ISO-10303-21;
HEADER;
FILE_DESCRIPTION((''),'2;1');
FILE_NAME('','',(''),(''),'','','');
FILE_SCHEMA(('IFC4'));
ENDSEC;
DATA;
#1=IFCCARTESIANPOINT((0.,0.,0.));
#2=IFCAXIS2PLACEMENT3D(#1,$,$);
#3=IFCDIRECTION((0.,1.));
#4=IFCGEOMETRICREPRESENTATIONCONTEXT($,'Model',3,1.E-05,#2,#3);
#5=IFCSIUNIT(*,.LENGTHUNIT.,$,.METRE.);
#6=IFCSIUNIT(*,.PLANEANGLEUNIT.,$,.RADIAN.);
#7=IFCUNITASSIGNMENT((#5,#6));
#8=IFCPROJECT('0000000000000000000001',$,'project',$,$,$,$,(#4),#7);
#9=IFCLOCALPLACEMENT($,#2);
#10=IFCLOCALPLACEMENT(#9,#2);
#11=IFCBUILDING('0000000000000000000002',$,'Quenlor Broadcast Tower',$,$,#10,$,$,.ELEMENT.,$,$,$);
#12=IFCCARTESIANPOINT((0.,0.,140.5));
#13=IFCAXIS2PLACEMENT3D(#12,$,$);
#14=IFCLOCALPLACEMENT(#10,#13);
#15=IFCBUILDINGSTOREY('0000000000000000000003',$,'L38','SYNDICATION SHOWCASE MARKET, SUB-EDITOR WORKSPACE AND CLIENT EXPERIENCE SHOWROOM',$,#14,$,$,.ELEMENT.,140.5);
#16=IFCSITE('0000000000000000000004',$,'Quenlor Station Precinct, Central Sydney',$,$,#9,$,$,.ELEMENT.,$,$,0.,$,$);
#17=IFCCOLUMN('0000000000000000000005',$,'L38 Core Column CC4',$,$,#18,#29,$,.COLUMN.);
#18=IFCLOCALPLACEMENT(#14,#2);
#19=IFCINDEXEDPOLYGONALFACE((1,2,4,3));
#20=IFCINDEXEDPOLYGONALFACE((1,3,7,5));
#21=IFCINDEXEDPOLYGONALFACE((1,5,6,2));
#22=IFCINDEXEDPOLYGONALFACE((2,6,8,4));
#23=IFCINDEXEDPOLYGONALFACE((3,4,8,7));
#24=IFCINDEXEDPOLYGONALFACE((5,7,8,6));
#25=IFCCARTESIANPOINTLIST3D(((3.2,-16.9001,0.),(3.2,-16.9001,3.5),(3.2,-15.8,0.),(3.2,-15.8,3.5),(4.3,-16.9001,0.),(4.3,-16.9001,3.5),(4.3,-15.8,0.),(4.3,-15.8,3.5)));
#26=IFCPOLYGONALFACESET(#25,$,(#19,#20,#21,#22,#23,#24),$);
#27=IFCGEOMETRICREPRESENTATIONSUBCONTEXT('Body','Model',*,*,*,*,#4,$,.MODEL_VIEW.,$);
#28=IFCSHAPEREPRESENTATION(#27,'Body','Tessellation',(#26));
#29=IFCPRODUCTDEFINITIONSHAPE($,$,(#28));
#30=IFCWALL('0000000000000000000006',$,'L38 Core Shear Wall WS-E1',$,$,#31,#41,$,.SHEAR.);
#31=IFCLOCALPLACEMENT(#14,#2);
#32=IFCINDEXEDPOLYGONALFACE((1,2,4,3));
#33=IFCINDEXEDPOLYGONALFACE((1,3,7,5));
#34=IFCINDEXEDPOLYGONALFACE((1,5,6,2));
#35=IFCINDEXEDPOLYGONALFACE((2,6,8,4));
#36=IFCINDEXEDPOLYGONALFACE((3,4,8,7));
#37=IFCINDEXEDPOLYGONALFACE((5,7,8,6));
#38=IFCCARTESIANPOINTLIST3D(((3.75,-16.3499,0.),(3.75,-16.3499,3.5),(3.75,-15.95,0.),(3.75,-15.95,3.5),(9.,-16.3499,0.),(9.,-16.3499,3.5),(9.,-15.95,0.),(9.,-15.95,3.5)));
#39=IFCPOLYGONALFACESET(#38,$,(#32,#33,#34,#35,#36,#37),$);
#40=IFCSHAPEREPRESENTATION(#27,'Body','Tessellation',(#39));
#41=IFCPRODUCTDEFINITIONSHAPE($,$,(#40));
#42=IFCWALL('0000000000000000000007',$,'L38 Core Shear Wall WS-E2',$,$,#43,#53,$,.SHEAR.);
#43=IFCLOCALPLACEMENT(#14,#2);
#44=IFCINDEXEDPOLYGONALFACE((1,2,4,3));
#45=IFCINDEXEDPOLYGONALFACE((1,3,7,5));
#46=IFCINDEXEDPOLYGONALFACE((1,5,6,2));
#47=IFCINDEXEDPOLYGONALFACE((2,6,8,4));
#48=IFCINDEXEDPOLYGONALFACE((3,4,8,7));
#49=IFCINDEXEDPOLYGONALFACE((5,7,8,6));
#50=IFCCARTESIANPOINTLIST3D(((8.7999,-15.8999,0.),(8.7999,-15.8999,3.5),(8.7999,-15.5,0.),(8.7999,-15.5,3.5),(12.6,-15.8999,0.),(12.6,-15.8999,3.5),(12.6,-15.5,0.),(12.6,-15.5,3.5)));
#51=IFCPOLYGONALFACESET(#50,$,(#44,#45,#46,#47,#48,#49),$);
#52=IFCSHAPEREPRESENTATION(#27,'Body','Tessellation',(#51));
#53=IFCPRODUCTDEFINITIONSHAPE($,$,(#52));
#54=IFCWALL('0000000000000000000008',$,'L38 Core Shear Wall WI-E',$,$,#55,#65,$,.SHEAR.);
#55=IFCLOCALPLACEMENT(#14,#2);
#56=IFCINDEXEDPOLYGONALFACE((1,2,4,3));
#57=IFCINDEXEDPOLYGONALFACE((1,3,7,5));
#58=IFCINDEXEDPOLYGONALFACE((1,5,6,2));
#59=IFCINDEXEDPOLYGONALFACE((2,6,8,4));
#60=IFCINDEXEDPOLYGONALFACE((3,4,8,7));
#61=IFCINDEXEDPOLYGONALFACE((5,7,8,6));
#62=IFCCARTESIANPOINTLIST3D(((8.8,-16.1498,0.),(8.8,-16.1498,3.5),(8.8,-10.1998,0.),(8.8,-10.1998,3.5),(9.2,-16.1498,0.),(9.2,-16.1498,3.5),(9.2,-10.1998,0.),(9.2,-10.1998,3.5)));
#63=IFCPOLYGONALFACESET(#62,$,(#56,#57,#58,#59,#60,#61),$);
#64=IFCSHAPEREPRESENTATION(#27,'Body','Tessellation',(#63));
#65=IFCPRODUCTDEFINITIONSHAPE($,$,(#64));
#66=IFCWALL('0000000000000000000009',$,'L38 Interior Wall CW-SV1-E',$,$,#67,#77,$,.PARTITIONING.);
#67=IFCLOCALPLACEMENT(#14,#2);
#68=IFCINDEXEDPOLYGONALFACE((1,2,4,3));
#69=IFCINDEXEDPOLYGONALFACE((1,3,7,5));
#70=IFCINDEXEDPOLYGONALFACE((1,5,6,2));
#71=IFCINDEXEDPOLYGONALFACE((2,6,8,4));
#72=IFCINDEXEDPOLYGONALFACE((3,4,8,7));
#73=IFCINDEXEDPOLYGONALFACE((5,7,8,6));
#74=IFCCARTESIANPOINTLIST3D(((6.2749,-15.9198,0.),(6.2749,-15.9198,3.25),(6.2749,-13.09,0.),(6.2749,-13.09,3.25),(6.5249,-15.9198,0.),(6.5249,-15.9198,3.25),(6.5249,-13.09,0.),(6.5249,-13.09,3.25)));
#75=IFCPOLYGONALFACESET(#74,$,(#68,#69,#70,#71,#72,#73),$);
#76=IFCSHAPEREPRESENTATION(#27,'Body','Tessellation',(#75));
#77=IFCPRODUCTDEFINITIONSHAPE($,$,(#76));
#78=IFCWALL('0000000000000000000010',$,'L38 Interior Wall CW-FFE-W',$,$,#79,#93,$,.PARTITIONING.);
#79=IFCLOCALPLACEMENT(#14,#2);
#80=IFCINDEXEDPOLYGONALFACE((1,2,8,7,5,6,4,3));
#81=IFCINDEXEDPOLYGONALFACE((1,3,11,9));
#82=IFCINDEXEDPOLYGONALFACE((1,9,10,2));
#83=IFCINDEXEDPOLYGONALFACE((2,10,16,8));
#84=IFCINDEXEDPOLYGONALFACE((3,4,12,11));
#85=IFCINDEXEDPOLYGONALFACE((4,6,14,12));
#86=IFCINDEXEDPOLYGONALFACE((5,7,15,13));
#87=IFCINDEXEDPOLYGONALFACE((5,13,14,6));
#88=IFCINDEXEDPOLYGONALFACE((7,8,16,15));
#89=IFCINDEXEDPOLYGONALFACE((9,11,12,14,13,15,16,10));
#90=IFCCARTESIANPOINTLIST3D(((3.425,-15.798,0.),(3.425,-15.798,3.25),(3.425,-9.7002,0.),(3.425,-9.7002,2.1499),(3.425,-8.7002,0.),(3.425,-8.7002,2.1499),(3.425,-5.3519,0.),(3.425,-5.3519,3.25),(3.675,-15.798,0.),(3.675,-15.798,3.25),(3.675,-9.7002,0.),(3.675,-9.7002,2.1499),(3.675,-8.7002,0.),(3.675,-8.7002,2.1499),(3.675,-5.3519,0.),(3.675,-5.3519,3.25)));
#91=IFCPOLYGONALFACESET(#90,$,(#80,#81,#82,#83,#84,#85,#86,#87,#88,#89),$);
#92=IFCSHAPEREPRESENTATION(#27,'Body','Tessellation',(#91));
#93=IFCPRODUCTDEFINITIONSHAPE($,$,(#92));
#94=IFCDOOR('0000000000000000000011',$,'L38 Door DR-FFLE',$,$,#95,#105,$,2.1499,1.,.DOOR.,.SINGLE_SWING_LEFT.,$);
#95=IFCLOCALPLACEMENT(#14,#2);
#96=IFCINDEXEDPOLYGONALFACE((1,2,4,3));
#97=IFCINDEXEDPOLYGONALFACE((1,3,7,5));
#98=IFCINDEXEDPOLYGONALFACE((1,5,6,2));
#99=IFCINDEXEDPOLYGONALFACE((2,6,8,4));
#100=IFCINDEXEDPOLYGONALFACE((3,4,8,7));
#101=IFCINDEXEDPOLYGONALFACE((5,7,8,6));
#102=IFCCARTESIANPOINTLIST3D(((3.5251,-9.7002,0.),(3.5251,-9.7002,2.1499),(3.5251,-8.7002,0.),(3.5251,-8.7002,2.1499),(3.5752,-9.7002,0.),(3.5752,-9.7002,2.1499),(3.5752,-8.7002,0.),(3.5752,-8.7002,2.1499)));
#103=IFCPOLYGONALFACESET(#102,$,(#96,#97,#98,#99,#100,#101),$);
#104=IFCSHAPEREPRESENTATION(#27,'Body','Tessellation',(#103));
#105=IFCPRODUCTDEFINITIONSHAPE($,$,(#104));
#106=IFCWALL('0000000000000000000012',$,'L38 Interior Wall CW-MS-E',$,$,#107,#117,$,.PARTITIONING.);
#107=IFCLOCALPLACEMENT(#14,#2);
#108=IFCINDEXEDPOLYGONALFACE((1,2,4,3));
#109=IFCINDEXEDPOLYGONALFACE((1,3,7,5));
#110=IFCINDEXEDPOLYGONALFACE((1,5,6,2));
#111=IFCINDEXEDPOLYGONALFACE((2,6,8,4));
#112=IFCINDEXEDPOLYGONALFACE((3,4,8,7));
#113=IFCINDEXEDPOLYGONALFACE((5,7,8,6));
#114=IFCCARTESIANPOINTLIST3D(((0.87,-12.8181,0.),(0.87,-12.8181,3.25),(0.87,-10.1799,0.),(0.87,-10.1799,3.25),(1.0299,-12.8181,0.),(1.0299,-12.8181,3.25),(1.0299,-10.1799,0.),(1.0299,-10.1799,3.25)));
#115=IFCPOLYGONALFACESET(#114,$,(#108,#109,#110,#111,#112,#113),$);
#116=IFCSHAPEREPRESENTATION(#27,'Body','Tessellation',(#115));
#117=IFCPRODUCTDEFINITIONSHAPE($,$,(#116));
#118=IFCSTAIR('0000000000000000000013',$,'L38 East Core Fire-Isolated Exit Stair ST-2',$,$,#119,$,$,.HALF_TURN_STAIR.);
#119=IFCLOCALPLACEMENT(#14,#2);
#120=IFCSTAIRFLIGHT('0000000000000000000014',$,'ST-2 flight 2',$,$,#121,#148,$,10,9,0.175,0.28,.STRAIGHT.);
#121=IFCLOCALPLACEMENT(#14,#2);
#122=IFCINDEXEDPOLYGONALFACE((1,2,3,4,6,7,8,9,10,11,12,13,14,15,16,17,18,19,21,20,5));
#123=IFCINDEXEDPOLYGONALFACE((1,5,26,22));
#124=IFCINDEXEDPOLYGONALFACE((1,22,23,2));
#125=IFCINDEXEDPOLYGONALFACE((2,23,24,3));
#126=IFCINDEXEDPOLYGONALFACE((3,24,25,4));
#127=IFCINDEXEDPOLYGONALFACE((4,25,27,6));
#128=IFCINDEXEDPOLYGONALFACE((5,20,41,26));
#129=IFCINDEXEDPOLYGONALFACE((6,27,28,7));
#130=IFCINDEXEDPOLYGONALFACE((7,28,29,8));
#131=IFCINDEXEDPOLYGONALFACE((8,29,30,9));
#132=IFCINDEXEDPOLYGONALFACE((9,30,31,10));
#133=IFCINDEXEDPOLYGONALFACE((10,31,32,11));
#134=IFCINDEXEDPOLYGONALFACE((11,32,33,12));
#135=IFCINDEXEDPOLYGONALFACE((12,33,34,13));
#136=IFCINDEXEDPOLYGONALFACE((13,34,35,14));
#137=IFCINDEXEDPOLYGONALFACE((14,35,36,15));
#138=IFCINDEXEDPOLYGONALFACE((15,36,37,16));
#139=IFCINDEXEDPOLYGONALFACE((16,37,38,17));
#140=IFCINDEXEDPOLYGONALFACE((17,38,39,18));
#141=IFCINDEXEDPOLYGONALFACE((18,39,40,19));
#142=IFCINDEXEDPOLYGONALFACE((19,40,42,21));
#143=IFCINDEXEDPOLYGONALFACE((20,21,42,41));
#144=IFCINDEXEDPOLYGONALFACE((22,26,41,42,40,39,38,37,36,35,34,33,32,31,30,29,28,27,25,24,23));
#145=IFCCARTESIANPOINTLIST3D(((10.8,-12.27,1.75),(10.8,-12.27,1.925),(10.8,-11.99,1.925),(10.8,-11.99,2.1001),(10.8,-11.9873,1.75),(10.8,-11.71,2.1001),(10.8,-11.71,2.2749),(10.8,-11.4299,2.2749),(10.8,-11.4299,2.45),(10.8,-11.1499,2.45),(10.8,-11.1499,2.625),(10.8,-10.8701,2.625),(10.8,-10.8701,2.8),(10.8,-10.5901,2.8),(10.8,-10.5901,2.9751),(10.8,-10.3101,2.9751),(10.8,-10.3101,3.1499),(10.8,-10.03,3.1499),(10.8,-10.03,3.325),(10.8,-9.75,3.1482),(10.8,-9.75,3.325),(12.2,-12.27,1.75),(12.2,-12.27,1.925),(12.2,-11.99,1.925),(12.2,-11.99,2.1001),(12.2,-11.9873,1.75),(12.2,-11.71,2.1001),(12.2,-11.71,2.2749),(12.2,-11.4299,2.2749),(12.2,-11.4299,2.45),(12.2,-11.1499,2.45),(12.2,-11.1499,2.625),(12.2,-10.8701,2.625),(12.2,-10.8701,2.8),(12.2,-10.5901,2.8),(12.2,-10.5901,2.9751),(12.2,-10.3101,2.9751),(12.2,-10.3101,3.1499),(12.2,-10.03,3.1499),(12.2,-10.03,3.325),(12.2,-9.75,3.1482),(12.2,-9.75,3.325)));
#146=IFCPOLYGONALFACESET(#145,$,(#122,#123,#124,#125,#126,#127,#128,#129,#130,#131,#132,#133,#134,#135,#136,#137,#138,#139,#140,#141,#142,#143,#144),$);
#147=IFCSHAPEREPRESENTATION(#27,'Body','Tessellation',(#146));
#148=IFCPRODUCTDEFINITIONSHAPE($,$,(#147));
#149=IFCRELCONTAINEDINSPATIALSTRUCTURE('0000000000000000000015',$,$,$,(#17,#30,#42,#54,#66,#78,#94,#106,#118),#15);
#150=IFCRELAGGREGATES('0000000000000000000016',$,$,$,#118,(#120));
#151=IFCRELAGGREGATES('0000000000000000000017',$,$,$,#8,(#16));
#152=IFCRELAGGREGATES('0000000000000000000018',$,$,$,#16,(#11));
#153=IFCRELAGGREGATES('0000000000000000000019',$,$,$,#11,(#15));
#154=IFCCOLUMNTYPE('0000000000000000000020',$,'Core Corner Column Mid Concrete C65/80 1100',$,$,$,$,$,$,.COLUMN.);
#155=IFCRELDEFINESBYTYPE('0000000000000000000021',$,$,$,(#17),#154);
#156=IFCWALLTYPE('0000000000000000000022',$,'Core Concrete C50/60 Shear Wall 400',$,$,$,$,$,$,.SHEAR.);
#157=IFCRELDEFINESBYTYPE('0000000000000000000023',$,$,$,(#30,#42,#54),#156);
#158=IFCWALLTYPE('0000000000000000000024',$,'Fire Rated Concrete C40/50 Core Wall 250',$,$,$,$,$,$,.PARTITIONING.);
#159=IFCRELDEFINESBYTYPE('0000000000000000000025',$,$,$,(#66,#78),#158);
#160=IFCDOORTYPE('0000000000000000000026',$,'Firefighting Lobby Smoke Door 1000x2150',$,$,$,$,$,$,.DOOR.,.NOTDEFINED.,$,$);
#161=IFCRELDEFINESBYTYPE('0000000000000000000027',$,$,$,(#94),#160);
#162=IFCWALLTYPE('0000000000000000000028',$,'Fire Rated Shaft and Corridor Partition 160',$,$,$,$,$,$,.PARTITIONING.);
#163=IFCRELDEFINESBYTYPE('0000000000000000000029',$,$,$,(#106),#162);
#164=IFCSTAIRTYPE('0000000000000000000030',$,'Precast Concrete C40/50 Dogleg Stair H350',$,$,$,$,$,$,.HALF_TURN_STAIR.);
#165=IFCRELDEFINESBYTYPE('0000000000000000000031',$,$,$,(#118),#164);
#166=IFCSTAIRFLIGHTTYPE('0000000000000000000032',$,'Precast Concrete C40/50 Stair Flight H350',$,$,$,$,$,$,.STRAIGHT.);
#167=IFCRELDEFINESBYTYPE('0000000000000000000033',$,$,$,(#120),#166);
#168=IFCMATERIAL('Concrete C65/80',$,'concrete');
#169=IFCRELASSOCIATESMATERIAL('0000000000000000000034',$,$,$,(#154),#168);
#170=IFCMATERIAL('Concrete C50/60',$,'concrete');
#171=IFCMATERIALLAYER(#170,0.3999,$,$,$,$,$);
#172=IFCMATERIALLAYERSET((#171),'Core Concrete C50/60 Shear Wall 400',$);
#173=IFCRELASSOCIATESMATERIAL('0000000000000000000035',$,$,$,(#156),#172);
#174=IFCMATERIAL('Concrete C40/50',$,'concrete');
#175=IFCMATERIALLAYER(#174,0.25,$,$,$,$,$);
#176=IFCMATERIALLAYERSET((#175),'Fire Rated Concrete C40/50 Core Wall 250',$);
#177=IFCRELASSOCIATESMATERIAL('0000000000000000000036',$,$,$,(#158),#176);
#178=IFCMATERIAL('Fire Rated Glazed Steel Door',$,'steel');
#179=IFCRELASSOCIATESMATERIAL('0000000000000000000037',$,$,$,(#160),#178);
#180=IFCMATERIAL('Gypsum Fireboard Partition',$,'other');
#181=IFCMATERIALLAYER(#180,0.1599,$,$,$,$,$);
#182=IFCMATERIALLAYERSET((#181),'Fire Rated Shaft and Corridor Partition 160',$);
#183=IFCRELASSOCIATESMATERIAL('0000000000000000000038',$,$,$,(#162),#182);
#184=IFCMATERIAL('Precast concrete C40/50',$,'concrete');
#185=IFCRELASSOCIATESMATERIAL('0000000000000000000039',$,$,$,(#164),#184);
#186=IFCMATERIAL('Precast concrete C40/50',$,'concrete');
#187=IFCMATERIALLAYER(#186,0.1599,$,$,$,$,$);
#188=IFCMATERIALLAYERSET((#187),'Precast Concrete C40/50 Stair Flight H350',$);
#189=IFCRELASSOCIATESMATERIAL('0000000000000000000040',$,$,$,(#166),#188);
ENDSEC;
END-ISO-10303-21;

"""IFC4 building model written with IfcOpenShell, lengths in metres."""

from ifc_helpers import new_model, si_unit, direction, frame, frame_2d, origin, origin_2d, place, context, subcontext, project, spatial, polyline, rectangle, outline, extrude, material, layer, layer_set, material_profile, profile_set, type_object, element, fill, aggregate, save


model = new_model("IFC4")

# Units and contexts
model_context = context("Model", 3, precision=1e-05, world=origin(), true_north=direction((0.0, 1.0)))
body_context = subcontext(model_context, "Body", "Model", "MODEL_VIEW")
ifc_project = project(units=[si_unit("LENGTHUNIT", "METRE"), si_unit("PLANEANGLEUNIT", "RADIAN")], contexts=[model_context])

# Site, building, storey
site_placement = place(None, origin())
site = spatial("IfcSite", under=ifc_project, at=site_placement, Name="Quenlor Station Precinct, Central Sydney", CompositionType="ELEMENT", RefElevation=0.0)
building_placement = place(site_placement, origin())
building = spatial("IfcBuilding", under=site, at=building_placement, Name="Quenlor Broadcast Tower", CompositionType="ELEMENT")
storey_placement = place(building_placement, frame((0.0, 0.0, 140.5)))
storey = spatial("IfcBuildingStorey", under=building, at=storey_placement, Name="L38", Description="SYNDICATION SHOWCASE MARKET, SUB-EDITOR WORKSPACE AND CLIENT EXPERIENCE SHOWROOM", CompositionType="ELEMENT", Elevation=140.5)

# Column
ifc_material_1 = material(Name="Concrete C65/80", Category="concrete")
ifc_material_profile = material_profile(ifc_material_1, rectangle(XDim=1.1001, YDim=1.1001, at=origin_2d()))
ifc_profile_set = profile_set([ifc_material_profile], Name="Concrete C65/80 RC1100x1100")
column_type = type_object("IfcColumnType", Name="Core Corner Column Mid Concrete C65/80 1100", PredefinedType="COLUMN", material=ifc_profile_set)
column_placement = place(storey_placement, frame((3.75, -16.3501, 0.0), z_axis=(0.0, 0.0, 1.0), x_axis=(1.0, 0.0, 0.0)))
element("IfcColumn", 1, at=column_placement, inside=storey, type_object=column_type, Name="L38 Core Column CC4", PredefinedType="COLUMN", context=body_context, shape_type="SweptSolid", body=[
    extrude(rectangle(XDim=1.1001, YDim=1.1001, at=origin_2d()), origin(), (0.0, 0.0, 1.0), 3.5),
])

# Walls
ifc_material_2 = material(Name="Concrete C50/60", Category="concrete")
ifc_layer_1 = layer(ifc_material_2, 0.3999)
ifc_layer_set_1 = layer_set([ifc_layer_1], Name="Core Concrete C50/60 Shear Wall 400")
wall_type_1 = type_object("IfcWallType", Name="Core Concrete C50/60 Shear Wall 400", PredefinedType="SHEAR", material=ifc_layer_set_1)
wall_1_placement = place(storey_placement, frame((3.75, -16.1499, 0.0), z_axis=(0.0, 0.0, 1.0), x_axis=(1.0, 0.0, 0.0)))
element("IfcWall", 2, at=wall_1_placement, inside=storey, type_object=wall_type_1, Name="L38 Core Shear Wall WS-E1", PredefinedType="SHEAR", context=body_context, shape_type="SweptSolid", body=[
    extrude(rectangle(XDim=5.25, YDim=0.3999, at=frame_2d((2.625, 0.0))), origin(), (0.0, 0.0, 1.0), 3.5),
])
wall_2_placement = place(storey_placement, frame((8.8, -15.7, 0.0), z_axis=(0.0, 0.0, 1.0), x_axis=(1.0, 0.0, 0.0)))
element("IfcWall", 3, at=wall_2_placement, inside=storey, type_object=wall_type_1, Name="L38 Core Shear Wall WS-E2", PredefinedType="SHEAR", context=body_context, shape_type="SweptSolid", body=[
    extrude(rectangle(XDim=3.8, YDim=0.3999, at=frame_2d((1.8999, 0.0))), origin(), (0.0, 0.0, 1.0), 3.5),
])
wall_3_placement = place(storey_placement, frame((9.0, -16.1499, 0.0), z_axis=(0.0, 0.0, 1.0), x_axis=(0.0, 1.0, 0.0)))
element("IfcWall", 4, at=wall_3_placement, inside=storey, type_object=wall_type_1, Name="L38 Core Shear Wall WI-E", PredefinedType="SHEAR", context=body_context, shape_type="SweptSolid", body=[
    extrude(rectangle(XDim=5.95, YDim=0.3999, at=frame_2d((2.9751, 0.0))), origin(), (0.0, 0.0, 1.0), 3.5),
])

# Shared definitions
ifc_material_3 = material(Name="Concrete C40/50", Category="concrete")
ifc_layer_2 = layer(ifc_material_3, 0.25)
ifc_layer_set_2 = layer_set([ifc_layer_2], Name="Fire Rated Concrete C40/50 Core Wall 250")
wall_type_2 = type_object("IfcWallType", Name="Fire Rated Concrete C40/50 Core Wall 250", PredefinedType="PARTITIONING", material=ifc_layer_set_2)

# Wall
wall_4_placement = place(storey_placement, frame((6.3999, -15.9199, 0.0), z_axis=(0.0, 0.0, 1.0), x_axis=(0.0, 1.0, 0.0)))
element("IfcWall", 5, at=wall_4_placement, inside=storey, type_object=wall_type_2, Name="L38 Interior Wall CW-SV1-E", PredefinedType="PARTITIONING", context=body_context, shape_type="SweptSolid", body=[
    extrude(rectangle(XDim=2.8298, YDim=0.25, at=frame_2d((1.415, 0.0))), origin(), (0.0, 0.0, 1.0), 3.25),
])

# Wall, opening, door
wall_5_placement = place(storey_placement, frame((3.55, -15.7981, 0.0), z_axis=(0.0, 0.0, 1.0), x_axis=(0.0, 1.0, 0.0)))
wall_5 = element("IfcWall", 6, at=wall_5_placement, inside=storey, type_object=wall_type_2, Name="L38 Interior Wall CW-FFE-W", PredefinedType="PARTITIONING", context=body_context, shape_type="SweptSolid", body=[
    extrude(rectangle(XDim=10.446, YDim=0.25, at=frame_2d((5.2231, 0.0))), origin(), (0.0, 0.0, 1.0), 3.25),
])
opening_1_placement = place(wall_5_placement, frame((6.0979, 0.0, 0.0)))
opening_1 = element("IfcOpeningElement", 7, at=opening_1_placement, cuts=wall_5, PredefinedType="OPENING", context=body_context, shape_type="SweptSolid", body=[
    extrude(rectangle(XDim=1.0, YDim=2.1499, at=frame_2d((0.5, 1.075))), frame((0.0, 0.135, 0.0), z_axis=(0.0, -1.0, 0.0), x_axis=(1.0, 0.0, 0.0)), (0.0, 0.0, 1.0), 0.27),
])
ifc_material_4 = material(Name="Fire Rated Glazed Steel Door", Category="steel")
door_type_1 = type_object("IfcDoorType", Name="Firefighting Lobby Smoke Door 1000x2150", OperationType="NOTDEFINED", PredefinedType="DOOR", material=ifc_material_4)
door_1_placement = place(opening_1_placement, origin())
door_1 = element("IfcDoor", 8, at=door_1_placement, inside=storey, type_object=door_type_1, Name="L38 Door DR-FFLE", OperationType="SINGLE_SWING_LEFT", OverallHeight=2.1499, OverallWidth=1.0, PredefinedType="DOOR", context=body_context, shape_type="SweptSolid", body=[
    extrude(rectangle(XDim=1.0, YDim=2.1499, at=frame_2d((0.5, 1.075))), frame((0.0, 0.0249, 0.0), z_axis=(0.0, -1.0, 0.0), x_axis=(1.0, 0.0, 0.0)), (0.0, 0.0, 1.0), 0.05),
])
fill(opening_1, door_1)

# Wall
ifc_material_5 = material(Name="Gypsum Fireboard Partition", Category="other")
ifc_layer_3 = layer(ifc_material_5, 0.1599)
ifc_layer_set_3 = layer_set([ifc_layer_3], Name="Fire Rated Shaft and Corridor Partition 160")
wall_type_3 = type_object("IfcWallType", Name="Fire Rated Shaft and Corridor Partition 160", PredefinedType="PARTITIONING", material=ifc_layer_set_3)
wall_6_placement = place(storey_placement, frame((0.95, -12.8181, 0.0), z_axis=(0.0, 0.0, 1.0), x_axis=(0.0, 1.0, 0.0)))
element("IfcWall", 9, at=wall_6_placement, inside=storey, type_object=wall_type_3, Name="L38 Interior Wall CW-MS-E", PredefinedType="PARTITIONING", context=body_context, shape_type="SweptSolid", body=[
    extrude(rectangle(XDim=2.6382, YDim=0.1599, at=frame_2d((1.3191, 0.0))), origin(), (0.0, 0.0, 1.0), 3.25),
])

# Stair, stair flight
ifc_material_6 = material(Name="Precast concrete C40/50", Category="concrete")
stair_type = type_object("IfcStairType", Name="Precast Concrete C40/50 Dogleg Stair H350", PredefinedType="HALF_TURN_STAIR", material=ifc_material_6)
stair_placement = place(storey_placement, origin())
stair = element("IfcStair", 10, at=stair_placement, inside=storey, type_object=stair_type, Name="L38 East Core Fire-Isolated Exit Stair ST-2", PredefinedType="HALF_TURN_STAIR")
ifc_material_7 = material(Name="Precast concrete C40/50", Category="concrete")
ifc_layer_4 = layer(ifc_material_7, 0.1599)
ifc_layer_set_4 = layer_set([ifc_layer_4], Name="Precast Concrete C40/50 Stair Flight H350")
stair_flight_type = type_object("IfcStairFlightType", Name="Precast Concrete C40/50 Stair Flight H350", PredefinedType="STRAIGHT", material=ifc_layer_set_4)
stair_flight_placement = place(storey_placement, frame((11.5, -12.27, 1.75), z_axis=(0.0, 0.0, 1.0), x_axis=(0.0, 1.0, 0.0)))
stair_flight = element("IfcStairFlight", 11, at=stair_flight_placement, type_object=stair_flight_type, Name="ST-2 flight 2", NumberOfRisers=10, NumberOfTreads=9, PredefinedType="STRAIGHT", RiserHeight=0.175, TreadLength=0.28, context=body_context, shape_type="SweptSolid", body=[
    extrude(outline(polyline([(0.0, 0.0), (0.0, 0.175), (0.28, 0.175), (0.28, 0.3501), (0.5601, 0.3501), (0.5601, 0.5249), (0.8401, 0.5249), (0.8401, 0.7), (1.1201, 0.7), (1.1201, 0.875), (1.3999, 0.875), (1.3999, 1.05), (1.6799, 1.05), (1.6799, 1.2251), (1.96, 1.2251), (1.96, 1.3999), (2.24, 1.3999), (2.24, 1.575), (2.52, 1.575), (2.52, 1.75), (2.52, 1.3982), (0.2827, 0.0), (0.0, 0.0)])), frame((0.0, 0.7, 0.0), z_axis=(0.0, -1.0, 0.0), x_axis=(1.0, 0.0, 0.0)), (0.0, 0.0, 1.0), 1.3999),
])
aggregate(stair, [stair_flight])

save(model, "model.ifc")
